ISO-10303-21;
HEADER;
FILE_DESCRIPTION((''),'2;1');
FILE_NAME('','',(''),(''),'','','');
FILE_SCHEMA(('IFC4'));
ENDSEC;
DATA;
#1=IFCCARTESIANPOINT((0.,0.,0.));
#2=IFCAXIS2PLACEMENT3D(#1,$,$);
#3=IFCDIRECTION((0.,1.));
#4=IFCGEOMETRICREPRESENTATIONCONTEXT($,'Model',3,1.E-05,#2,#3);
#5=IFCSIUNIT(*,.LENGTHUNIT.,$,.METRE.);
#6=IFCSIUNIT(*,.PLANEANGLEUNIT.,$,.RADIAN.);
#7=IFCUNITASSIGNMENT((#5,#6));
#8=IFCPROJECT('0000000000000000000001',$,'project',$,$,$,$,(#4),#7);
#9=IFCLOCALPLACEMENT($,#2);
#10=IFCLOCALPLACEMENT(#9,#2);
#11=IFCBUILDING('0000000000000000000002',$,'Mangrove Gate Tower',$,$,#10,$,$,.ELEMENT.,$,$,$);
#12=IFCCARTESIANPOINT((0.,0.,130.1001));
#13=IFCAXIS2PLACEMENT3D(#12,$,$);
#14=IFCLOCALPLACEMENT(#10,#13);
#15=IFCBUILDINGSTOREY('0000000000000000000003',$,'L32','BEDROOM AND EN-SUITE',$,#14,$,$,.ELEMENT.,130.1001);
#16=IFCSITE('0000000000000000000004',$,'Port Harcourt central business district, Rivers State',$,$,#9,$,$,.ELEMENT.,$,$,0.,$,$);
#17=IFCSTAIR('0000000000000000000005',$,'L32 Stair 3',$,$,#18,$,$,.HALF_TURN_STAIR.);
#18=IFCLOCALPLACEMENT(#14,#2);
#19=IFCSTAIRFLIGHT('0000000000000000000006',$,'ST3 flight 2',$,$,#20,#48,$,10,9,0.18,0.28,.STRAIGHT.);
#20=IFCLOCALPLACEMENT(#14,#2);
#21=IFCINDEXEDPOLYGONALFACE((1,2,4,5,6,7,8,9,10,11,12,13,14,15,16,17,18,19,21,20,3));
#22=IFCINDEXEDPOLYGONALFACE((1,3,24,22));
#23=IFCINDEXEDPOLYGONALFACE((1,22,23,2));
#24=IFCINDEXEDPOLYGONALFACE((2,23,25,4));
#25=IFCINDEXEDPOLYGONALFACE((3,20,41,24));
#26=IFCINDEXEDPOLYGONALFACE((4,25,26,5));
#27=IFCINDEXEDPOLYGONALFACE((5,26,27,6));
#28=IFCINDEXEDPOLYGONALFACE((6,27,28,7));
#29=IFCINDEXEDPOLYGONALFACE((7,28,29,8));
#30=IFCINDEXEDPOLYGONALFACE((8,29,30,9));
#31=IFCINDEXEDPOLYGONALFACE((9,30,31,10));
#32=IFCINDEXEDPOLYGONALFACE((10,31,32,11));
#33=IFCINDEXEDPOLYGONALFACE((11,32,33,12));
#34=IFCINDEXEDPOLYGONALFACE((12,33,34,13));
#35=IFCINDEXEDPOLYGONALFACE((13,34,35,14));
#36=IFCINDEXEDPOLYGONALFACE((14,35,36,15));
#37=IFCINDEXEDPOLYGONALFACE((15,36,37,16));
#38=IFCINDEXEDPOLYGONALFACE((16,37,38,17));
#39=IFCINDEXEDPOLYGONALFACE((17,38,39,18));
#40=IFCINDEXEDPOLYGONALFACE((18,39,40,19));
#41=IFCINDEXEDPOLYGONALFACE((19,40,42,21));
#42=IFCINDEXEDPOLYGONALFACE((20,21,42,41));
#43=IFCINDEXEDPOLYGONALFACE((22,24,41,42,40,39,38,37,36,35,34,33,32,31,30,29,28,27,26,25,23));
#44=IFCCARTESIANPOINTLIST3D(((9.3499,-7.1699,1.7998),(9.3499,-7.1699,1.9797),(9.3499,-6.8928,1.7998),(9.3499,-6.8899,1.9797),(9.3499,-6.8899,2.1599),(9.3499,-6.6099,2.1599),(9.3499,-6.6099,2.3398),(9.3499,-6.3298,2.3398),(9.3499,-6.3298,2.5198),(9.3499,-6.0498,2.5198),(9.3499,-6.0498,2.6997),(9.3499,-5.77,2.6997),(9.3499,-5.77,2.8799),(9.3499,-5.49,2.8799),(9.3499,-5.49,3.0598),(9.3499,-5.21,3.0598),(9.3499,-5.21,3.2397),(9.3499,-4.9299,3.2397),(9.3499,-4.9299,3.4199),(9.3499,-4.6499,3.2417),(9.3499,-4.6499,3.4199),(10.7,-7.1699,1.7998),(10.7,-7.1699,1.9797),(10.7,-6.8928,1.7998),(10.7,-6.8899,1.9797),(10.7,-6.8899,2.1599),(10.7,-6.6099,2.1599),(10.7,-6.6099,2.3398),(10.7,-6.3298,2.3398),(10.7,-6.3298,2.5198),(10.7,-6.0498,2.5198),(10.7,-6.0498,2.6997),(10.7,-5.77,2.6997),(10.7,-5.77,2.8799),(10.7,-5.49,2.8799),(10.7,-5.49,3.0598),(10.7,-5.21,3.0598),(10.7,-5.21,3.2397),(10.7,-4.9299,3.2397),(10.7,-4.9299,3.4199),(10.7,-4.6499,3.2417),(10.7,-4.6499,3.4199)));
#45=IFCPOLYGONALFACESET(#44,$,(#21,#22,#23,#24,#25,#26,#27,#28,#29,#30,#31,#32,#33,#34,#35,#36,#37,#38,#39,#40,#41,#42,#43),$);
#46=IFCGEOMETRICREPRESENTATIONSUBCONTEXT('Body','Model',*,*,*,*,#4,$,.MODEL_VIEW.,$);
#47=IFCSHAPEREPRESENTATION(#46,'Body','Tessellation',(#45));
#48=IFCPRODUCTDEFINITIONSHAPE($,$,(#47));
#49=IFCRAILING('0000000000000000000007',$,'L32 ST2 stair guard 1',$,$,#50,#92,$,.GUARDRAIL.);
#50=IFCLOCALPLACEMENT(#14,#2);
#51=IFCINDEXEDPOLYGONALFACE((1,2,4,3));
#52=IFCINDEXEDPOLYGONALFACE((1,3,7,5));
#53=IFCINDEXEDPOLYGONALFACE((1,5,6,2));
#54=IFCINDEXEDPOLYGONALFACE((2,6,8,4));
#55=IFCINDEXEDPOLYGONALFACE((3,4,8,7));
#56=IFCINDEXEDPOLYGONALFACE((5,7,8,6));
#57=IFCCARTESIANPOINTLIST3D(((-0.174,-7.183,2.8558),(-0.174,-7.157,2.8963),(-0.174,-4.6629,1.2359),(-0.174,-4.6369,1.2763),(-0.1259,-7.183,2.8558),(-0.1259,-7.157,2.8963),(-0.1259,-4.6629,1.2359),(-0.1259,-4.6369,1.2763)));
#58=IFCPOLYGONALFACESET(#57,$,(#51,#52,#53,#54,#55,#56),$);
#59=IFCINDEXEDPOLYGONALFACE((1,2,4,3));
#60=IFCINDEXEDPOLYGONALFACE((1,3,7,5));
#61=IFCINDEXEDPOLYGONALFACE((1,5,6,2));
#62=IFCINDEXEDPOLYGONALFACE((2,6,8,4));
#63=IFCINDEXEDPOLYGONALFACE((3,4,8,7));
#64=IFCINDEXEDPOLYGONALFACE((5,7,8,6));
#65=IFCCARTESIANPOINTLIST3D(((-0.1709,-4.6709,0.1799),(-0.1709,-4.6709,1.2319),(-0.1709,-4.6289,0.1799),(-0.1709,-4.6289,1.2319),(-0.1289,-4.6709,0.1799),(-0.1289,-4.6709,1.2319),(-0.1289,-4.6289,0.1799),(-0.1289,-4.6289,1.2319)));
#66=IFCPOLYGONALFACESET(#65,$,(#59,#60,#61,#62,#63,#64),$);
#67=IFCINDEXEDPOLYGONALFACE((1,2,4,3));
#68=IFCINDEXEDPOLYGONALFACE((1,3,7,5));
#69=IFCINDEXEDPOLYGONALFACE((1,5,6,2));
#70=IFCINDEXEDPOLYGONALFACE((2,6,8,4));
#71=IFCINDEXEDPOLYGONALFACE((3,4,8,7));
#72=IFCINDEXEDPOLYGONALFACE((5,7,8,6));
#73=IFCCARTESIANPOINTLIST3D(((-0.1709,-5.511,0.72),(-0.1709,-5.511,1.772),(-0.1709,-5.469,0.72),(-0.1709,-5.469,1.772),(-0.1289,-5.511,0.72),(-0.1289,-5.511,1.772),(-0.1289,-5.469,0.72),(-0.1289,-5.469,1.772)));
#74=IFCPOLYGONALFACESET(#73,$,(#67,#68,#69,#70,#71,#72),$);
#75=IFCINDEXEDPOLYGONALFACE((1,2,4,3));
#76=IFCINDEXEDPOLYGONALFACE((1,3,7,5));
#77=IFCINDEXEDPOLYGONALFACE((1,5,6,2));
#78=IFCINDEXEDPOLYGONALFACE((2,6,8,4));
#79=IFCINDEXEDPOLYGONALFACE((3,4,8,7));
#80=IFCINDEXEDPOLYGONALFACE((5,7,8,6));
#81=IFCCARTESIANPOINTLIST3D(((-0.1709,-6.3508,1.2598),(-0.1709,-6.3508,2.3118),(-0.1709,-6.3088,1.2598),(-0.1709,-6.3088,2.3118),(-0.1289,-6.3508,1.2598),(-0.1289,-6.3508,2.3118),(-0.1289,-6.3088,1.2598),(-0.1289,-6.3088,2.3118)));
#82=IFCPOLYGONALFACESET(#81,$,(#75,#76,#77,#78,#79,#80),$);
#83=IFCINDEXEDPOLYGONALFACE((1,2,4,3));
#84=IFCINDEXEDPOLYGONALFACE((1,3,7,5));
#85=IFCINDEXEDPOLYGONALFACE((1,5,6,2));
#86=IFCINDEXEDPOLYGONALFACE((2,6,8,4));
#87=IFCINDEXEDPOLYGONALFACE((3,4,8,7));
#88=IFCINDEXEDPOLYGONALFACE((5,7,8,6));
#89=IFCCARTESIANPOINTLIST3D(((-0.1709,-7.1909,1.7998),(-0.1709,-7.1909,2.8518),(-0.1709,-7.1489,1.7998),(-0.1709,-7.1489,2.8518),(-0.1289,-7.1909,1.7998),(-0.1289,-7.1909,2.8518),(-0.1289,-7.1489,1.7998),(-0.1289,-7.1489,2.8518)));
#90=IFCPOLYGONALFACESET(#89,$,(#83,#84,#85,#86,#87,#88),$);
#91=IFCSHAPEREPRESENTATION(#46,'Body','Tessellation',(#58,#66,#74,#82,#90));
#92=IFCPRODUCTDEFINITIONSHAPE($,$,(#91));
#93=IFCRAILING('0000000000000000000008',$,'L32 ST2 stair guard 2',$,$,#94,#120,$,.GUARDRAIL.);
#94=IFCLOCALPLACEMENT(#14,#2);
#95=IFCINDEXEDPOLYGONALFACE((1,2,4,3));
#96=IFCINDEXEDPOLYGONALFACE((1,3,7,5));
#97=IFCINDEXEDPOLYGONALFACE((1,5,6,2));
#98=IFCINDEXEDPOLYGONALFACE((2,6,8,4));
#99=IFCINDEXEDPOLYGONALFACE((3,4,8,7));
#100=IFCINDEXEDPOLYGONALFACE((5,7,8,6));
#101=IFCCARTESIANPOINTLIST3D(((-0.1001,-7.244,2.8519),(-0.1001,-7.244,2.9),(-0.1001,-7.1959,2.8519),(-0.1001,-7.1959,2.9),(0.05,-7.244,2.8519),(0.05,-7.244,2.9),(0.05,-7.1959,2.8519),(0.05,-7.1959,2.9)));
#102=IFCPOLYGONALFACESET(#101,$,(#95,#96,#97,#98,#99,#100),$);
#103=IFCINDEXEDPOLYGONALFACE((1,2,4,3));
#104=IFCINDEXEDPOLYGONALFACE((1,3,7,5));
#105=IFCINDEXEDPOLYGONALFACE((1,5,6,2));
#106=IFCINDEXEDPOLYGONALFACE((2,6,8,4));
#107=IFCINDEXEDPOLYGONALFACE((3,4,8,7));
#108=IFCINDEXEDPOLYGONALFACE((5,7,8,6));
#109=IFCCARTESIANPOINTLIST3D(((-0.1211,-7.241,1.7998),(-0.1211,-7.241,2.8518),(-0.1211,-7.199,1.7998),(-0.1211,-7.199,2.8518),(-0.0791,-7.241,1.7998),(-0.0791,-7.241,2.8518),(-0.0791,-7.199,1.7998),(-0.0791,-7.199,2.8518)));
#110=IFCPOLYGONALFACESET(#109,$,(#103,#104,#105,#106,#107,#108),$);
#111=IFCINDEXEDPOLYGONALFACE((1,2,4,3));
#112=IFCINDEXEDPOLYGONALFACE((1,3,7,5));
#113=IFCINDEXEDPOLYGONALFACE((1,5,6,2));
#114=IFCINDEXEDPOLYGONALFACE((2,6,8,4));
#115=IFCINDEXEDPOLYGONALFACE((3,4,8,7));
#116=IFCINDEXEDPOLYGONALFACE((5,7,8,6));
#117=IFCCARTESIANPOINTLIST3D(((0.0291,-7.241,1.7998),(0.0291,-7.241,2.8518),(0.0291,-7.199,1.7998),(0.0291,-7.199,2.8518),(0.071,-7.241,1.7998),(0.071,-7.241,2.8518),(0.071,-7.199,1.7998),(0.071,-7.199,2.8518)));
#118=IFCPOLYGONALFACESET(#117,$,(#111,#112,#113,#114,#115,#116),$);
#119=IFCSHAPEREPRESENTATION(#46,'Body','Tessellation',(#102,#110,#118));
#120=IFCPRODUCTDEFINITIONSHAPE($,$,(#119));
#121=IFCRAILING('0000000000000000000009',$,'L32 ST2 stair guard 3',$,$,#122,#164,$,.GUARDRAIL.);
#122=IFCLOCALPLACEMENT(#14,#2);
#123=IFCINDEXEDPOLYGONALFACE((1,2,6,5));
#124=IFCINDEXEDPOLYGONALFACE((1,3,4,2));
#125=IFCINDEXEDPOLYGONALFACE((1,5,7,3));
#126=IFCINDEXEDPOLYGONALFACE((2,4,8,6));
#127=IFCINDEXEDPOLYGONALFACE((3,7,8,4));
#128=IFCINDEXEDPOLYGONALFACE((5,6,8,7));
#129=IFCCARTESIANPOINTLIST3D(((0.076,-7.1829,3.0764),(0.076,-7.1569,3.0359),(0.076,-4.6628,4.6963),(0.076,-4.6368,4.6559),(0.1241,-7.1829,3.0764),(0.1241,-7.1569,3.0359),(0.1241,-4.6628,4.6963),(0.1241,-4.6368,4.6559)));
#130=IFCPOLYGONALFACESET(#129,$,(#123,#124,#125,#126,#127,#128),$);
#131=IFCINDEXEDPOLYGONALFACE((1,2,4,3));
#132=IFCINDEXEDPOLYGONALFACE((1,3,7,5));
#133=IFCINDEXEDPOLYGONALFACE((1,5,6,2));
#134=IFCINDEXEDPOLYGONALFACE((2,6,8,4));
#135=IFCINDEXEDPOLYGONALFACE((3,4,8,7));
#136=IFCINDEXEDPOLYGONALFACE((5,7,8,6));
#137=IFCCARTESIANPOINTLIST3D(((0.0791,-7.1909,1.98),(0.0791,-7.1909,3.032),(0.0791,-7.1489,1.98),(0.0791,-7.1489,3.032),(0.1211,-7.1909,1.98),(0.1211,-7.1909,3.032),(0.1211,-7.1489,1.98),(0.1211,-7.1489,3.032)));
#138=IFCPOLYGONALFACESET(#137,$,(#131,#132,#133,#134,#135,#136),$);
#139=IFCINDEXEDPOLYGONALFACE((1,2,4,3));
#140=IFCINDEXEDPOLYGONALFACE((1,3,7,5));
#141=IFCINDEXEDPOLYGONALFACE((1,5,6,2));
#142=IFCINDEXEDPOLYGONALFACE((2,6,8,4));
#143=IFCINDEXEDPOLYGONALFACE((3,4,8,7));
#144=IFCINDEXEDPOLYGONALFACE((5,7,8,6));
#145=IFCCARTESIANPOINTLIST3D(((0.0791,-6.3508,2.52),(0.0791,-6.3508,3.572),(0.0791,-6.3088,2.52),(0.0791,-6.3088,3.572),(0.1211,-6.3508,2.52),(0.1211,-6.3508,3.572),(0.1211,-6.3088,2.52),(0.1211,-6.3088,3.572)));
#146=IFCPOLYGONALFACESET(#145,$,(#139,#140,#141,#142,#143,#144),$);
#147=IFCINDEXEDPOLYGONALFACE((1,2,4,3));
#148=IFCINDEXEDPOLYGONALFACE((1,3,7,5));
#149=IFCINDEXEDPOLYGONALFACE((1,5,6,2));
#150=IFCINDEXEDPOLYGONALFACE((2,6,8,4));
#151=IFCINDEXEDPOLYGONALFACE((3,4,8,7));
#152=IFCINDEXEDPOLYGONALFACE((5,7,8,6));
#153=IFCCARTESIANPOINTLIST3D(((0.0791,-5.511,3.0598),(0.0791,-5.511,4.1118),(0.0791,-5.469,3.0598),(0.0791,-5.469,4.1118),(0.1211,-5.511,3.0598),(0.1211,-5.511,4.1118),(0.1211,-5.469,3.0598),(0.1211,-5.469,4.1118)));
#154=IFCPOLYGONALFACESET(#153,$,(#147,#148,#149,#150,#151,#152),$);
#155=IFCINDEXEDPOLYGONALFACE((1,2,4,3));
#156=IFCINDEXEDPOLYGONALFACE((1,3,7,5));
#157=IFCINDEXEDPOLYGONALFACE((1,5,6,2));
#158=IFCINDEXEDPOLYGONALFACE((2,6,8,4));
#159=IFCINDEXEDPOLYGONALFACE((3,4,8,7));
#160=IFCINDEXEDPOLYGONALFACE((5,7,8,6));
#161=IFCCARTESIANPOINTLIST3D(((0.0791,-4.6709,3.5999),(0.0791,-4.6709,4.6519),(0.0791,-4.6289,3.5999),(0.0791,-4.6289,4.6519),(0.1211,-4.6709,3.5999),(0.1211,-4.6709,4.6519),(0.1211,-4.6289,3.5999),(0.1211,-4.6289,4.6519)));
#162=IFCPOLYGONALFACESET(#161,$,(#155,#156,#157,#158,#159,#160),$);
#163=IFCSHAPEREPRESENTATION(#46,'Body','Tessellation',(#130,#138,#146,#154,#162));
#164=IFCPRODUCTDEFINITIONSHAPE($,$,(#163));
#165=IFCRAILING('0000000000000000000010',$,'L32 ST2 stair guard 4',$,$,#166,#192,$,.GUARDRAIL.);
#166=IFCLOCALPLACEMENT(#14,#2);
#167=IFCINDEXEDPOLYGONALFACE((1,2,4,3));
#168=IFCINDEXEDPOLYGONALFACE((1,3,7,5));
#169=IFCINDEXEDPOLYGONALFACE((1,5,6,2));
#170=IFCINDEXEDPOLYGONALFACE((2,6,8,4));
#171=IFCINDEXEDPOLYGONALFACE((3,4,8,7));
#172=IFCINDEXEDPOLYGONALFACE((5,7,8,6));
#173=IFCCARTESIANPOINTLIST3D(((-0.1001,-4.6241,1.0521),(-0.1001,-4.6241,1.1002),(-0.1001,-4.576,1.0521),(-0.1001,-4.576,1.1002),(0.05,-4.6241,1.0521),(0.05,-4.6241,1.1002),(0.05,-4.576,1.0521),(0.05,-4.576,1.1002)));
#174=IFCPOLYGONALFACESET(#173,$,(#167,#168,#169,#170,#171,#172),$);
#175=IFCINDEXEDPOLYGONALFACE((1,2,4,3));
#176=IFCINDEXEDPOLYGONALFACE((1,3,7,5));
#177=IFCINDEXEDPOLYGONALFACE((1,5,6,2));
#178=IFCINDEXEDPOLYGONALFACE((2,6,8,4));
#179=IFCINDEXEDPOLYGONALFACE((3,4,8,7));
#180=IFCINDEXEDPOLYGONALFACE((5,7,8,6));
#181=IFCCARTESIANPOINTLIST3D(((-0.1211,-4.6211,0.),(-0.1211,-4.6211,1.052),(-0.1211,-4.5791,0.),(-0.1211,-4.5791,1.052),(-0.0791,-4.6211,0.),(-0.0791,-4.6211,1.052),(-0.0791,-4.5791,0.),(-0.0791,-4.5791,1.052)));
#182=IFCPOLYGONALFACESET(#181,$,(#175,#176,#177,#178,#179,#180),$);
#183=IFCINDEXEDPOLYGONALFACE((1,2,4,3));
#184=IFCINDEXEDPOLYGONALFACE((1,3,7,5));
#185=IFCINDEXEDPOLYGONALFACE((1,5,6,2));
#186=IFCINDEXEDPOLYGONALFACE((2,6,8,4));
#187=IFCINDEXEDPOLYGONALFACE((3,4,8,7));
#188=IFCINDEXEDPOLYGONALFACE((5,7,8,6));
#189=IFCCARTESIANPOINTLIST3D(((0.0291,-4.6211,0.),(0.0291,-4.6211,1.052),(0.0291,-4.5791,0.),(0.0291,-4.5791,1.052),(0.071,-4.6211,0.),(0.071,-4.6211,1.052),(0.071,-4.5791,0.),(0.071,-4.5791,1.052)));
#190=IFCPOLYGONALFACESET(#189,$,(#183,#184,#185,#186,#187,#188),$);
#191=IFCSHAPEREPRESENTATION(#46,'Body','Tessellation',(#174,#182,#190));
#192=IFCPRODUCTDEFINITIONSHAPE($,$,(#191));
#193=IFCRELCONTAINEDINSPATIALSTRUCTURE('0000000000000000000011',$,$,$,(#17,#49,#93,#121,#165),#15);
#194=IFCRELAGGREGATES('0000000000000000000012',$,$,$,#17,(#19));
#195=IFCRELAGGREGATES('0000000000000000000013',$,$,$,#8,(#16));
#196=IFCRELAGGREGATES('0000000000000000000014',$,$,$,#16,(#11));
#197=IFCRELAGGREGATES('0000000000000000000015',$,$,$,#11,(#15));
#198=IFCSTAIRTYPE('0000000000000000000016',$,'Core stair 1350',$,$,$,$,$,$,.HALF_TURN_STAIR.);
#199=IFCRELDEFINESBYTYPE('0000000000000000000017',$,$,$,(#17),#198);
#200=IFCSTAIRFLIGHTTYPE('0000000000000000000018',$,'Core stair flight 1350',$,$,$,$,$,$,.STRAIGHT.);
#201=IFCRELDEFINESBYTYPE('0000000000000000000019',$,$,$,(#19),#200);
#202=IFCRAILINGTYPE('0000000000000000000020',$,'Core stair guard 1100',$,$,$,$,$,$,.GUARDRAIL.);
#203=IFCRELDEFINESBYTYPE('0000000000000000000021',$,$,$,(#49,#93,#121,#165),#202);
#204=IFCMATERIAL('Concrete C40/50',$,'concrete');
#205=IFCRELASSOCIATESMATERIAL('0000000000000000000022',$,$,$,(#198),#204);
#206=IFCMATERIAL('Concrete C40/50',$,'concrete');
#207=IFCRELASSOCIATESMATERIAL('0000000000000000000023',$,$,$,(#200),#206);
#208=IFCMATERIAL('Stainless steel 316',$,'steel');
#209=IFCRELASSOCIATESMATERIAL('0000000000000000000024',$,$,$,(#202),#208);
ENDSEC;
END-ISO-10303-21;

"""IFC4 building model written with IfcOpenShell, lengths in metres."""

from ifc_helpers import new_model, si_unit, direction, frame, origin, origin_2d, place, context, subcontext, project, spatial, polyline, rectangle, outline, extrude, material, type_object, element, aggregate, save


model = new_model("IFC4")

# Units and contexts
model_context = context("Model", 3, precision=1e-05, world=origin(), true_north=direction((0.0, 1.0)))
body_context = subcontext(model_context, "Body", "Model", "MODEL_VIEW")
ifc_project = project(units=[si_unit("LENGTHUNIT", "METRE"), si_unit("PLANEANGLEUNIT", "RADIAN")], contexts=[model_context])

# Site, building, storey
site_placement = place(None, origin())
site = spatial("IfcSite", under=ifc_project, at=site_placement, Name="Port Harcourt central business district, Rivers State", CompositionType="ELEMENT", RefElevation=0.0)
building_placement = place(site_placement, origin())
building = spatial("IfcBuilding", under=site, at=building_placement, Name="Mangrove Gate Tower", CompositionType="ELEMENT")
storey_placement = place(building_placement, frame((0.0, 0.0, 130.1001)))
storey = spatial("IfcBuildingStorey", under=building, at=storey_placement, Name="L32", Description="BEDROOM AND EN-SUITE", CompositionType="ELEMENT", Elevation=130.1001)

# Shared definitions
ifc_material_1 = material(Name="Concrete C40/50", Category="concrete")
stair_type = type_object("IfcStairType", Name="Core stair 1350", PredefinedType="HALF_TURN_STAIR", material=ifc_material_1)
ifc_material_2 = material(Name="Concrete C40/50", Category="concrete")
stair_flight_type = type_object("IfcStairFlightType", Name="Core stair flight 1350", PredefinedType="STRAIGHT", material=ifc_material_2)

# Stair, stair flight
stair_1_placement = place(storey_placement, origin())
stair_1 = element("IfcStair", 1, at=stair_1_placement, inside=storey, type_object=stair_type, Name="L32 Stair 3", PredefinedType="HALF_TURN_STAIR")
stair_flight_1_placement = place(storey_placement, frame((10.0249, -7.1699, 1.7998), z_axis=(0.0, 0.0, 1.0), x_axis=(0.0, 1.0, 0.0)))
stair_flight_1 = element("IfcStairFlight", 2, at=stair_flight_1_placement, type_object=stair_flight_type, Name="ST3 flight 2", NumberOfRisers=10, NumberOfTreads=9, PredefinedType="STRAIGHT", RiserHeight=0.18, TreadLength=0.28, context=body_context, shape_type="SweptSolid", body=[
    extrude(outline(polyline([(0.0, 0.0), (0.0, 0.1799), (0.28, 0.1799), (0.28, 0.3601), (0.5601, 0.3601), (0.5601, 0.54), (0.8401, 0.54), (0.8401, 0.72), (1.1201, 0.72), (1.1201, 0.8999), (1.3999, 0.8999), (1.3999, 1.0801), (1.6799, 1.0801), (1.6799, 1.26), (1.96, 1.26), (1.96, 1.4399), (2.24, 1.4399), (2.24, 1.6201), (2.52, 1.6201), (2.52, 1.8), (2.52, 1.4419), (0.2771, 0.0), (0.0, 0.0)])), frame((0.0, 0.675, 0.0), z_axis=(0.0, -1.0, 0.0), x_axis=(1.0, 0.0, 0.0)), (0.0, 0.0, 1.0), 1.3501),
])
aggregate(stair_1, [stair_flight_1])

# Railings
ifc_material_3 = material(Name="Stainless steel 316", Category="steel")
railing_type_1 = type_object("IfcRailingType", Name="Core stair guard 1100", PredefinedType="GUARDRAIL", material=ifc_material_3)
railing_1_placement = place(storey_placement, frame((-0.1499, -4.6499, 0.1799)))
element("IfcRailing", 3, at=railing_1_placement, inside=storey, type_object=railing_type_1, Name="L32 ST2 stair guard 1", PredefinedType="GUARDRAIL", context=body_context, shape_type="SweptSolid", body=[
    extrude(rectangle(XDim=0.0481, YDim=0.0481, at=origin_2d()), frame((0.0, 0.0, 1.0762), z_axis=(0.0, -0.8412, 0.540725), x_axis=(1.0, 0.0, 0.0)), (0.0, 0.0, 1.0), 2.9958),
    extrude(rectangle(XDim=0.042, YDim=0.042, at=origin_2d()), origin(), (0.0, 0.0, 1.0), 1.052),
    extrude(rectangle(XDim=0.042, YDim=0.042, at=origin_2d()), frame((0.0, -0.8401, 0.54)), (0.0, 0.0, 1.0), 1.052),
    extrude(rectangle(XDim=0.042, YDim=0.042, at=origin_2d()), frame((0.0, -1.6799, 1.0798)), (0.0, 0.0, 1.0), 1.052),
    extrude(rectangle(XDim=0.042, YDim=0.042, at=origin_2d()), frame((0.0, -2.52, 1.6199)), (0.0, 0.0, 1.0), 1.052),
])
railing_2_placement = place(storey_placement, frame((-0.1001, -7.22, 1.7998)))
element("IfcRailing", 4, at=railing_2_placement, inside=storey, type_object=railing_type_1, Name="L32 ST2 stair guard 2", PredefinedType="GUARDRAIL", context=body_context, shape_type="SweptSolid", body=[
    extrude(rectangle(XDim=0.0481, YDim=0.0481, at=origin_2d()), frame((0.0, 0.0, 1.0762), z_axis=(1.0, 0.0, 0.0), x_axis=(0.0, 1.0, 0.0)), (0.0, 0.0, 1.0), 0.1501),
    extrude(rectangle(XDim=0.042, YDim=0.042, at=origin_2d()), origin(), (0.0, 0.0, 1.0), 1.052),
    extrude(rectangle(XDim=0.042, YDim=0.042, at=origin_2d()), frame((0.1501, 0.0, 0.0)), (0.0, 0.0, 1.0), 1.052),
])
railing_3_placement = place(storey_placement, frame((0.1001, -7.1699, 1.98)))
element("IfcRailing", 5, at=railing_3_placement, inside=storey, type_object=railing_type_1, Name="L32 ST2 stair guard 3", PredefinedType="GUARDRAIL", context=body_context, shape_type="SweptSolid", body=[
    extrude(rectangle(XDim=0.0481, YDim=0.0481, at=origin_2d()), frame((0.0, 0.0, 1.0762), z_axis=(0.0, 0.8412, 0.540725), x_axis=(-1.0, 0.0, 0.0)), (0.0, 0.0, 1.0), 2.9958),
    extrude(rectangle(XDim=0.042, YDim=0.042, at=origin_2d()), origin(), (0.0, 0.0, 1.0), 1.052),
    extrude(rectangle(XDim=0.042, YDim=0.042, at=origin_2d()), frame((0.0, 0.8401, 0.54)), (0.0, 0.0, 1.0), 1.052),
    extrude(rectangle(XDim=0.042, YDim=0.042, at=origin_2d()), frame((0.0, 1.6799, 1.0798)), (0.0, 0.0, 1.0), 1.052),
    extrude(rectangle(XDim=0.042, YDim=0.042, at=origin_2d()), frame((0.0, 2.52, 1.6199)), (0.0, 0.0, 1.0), 1.052),
])
railing_4_placement = place(storey_placement, frame((-0.1001, -4.6001, 0.0)))
element("IfcRailing", 6, at=railing_4_placement, inside=storey, type_object=railing_type_1, Name="L32 ST2 stair guard 4", PredefinedType="GUARDRAIL", context=body_context, shape_type="SweptSolid", body=[
    extrude(rectangle(XDim=0.0481, YDim=0.0481, at=origin_2d()), frame((0.0, 0.0, 1.0762), z_axis=(1.0, 0.0, 0.0), x_axis=(0.0, 1.0, 0.0)), (0.0, 0.0, 1.0), 0.1501),
    extrude(rectangle(XDim=0.042, YDim=0.042, at=origin_2d()), origin(), (0.0, 0.0, 1.0), 1.052),
    extrude(rectangle(XDim=0.042, YDim=0.042, at=origin_2d()), frame((0.1501, 0.0, 0.0)), (0.0, 0.0, 1.0), 1.052),
])

save(model, "model.ifc")
